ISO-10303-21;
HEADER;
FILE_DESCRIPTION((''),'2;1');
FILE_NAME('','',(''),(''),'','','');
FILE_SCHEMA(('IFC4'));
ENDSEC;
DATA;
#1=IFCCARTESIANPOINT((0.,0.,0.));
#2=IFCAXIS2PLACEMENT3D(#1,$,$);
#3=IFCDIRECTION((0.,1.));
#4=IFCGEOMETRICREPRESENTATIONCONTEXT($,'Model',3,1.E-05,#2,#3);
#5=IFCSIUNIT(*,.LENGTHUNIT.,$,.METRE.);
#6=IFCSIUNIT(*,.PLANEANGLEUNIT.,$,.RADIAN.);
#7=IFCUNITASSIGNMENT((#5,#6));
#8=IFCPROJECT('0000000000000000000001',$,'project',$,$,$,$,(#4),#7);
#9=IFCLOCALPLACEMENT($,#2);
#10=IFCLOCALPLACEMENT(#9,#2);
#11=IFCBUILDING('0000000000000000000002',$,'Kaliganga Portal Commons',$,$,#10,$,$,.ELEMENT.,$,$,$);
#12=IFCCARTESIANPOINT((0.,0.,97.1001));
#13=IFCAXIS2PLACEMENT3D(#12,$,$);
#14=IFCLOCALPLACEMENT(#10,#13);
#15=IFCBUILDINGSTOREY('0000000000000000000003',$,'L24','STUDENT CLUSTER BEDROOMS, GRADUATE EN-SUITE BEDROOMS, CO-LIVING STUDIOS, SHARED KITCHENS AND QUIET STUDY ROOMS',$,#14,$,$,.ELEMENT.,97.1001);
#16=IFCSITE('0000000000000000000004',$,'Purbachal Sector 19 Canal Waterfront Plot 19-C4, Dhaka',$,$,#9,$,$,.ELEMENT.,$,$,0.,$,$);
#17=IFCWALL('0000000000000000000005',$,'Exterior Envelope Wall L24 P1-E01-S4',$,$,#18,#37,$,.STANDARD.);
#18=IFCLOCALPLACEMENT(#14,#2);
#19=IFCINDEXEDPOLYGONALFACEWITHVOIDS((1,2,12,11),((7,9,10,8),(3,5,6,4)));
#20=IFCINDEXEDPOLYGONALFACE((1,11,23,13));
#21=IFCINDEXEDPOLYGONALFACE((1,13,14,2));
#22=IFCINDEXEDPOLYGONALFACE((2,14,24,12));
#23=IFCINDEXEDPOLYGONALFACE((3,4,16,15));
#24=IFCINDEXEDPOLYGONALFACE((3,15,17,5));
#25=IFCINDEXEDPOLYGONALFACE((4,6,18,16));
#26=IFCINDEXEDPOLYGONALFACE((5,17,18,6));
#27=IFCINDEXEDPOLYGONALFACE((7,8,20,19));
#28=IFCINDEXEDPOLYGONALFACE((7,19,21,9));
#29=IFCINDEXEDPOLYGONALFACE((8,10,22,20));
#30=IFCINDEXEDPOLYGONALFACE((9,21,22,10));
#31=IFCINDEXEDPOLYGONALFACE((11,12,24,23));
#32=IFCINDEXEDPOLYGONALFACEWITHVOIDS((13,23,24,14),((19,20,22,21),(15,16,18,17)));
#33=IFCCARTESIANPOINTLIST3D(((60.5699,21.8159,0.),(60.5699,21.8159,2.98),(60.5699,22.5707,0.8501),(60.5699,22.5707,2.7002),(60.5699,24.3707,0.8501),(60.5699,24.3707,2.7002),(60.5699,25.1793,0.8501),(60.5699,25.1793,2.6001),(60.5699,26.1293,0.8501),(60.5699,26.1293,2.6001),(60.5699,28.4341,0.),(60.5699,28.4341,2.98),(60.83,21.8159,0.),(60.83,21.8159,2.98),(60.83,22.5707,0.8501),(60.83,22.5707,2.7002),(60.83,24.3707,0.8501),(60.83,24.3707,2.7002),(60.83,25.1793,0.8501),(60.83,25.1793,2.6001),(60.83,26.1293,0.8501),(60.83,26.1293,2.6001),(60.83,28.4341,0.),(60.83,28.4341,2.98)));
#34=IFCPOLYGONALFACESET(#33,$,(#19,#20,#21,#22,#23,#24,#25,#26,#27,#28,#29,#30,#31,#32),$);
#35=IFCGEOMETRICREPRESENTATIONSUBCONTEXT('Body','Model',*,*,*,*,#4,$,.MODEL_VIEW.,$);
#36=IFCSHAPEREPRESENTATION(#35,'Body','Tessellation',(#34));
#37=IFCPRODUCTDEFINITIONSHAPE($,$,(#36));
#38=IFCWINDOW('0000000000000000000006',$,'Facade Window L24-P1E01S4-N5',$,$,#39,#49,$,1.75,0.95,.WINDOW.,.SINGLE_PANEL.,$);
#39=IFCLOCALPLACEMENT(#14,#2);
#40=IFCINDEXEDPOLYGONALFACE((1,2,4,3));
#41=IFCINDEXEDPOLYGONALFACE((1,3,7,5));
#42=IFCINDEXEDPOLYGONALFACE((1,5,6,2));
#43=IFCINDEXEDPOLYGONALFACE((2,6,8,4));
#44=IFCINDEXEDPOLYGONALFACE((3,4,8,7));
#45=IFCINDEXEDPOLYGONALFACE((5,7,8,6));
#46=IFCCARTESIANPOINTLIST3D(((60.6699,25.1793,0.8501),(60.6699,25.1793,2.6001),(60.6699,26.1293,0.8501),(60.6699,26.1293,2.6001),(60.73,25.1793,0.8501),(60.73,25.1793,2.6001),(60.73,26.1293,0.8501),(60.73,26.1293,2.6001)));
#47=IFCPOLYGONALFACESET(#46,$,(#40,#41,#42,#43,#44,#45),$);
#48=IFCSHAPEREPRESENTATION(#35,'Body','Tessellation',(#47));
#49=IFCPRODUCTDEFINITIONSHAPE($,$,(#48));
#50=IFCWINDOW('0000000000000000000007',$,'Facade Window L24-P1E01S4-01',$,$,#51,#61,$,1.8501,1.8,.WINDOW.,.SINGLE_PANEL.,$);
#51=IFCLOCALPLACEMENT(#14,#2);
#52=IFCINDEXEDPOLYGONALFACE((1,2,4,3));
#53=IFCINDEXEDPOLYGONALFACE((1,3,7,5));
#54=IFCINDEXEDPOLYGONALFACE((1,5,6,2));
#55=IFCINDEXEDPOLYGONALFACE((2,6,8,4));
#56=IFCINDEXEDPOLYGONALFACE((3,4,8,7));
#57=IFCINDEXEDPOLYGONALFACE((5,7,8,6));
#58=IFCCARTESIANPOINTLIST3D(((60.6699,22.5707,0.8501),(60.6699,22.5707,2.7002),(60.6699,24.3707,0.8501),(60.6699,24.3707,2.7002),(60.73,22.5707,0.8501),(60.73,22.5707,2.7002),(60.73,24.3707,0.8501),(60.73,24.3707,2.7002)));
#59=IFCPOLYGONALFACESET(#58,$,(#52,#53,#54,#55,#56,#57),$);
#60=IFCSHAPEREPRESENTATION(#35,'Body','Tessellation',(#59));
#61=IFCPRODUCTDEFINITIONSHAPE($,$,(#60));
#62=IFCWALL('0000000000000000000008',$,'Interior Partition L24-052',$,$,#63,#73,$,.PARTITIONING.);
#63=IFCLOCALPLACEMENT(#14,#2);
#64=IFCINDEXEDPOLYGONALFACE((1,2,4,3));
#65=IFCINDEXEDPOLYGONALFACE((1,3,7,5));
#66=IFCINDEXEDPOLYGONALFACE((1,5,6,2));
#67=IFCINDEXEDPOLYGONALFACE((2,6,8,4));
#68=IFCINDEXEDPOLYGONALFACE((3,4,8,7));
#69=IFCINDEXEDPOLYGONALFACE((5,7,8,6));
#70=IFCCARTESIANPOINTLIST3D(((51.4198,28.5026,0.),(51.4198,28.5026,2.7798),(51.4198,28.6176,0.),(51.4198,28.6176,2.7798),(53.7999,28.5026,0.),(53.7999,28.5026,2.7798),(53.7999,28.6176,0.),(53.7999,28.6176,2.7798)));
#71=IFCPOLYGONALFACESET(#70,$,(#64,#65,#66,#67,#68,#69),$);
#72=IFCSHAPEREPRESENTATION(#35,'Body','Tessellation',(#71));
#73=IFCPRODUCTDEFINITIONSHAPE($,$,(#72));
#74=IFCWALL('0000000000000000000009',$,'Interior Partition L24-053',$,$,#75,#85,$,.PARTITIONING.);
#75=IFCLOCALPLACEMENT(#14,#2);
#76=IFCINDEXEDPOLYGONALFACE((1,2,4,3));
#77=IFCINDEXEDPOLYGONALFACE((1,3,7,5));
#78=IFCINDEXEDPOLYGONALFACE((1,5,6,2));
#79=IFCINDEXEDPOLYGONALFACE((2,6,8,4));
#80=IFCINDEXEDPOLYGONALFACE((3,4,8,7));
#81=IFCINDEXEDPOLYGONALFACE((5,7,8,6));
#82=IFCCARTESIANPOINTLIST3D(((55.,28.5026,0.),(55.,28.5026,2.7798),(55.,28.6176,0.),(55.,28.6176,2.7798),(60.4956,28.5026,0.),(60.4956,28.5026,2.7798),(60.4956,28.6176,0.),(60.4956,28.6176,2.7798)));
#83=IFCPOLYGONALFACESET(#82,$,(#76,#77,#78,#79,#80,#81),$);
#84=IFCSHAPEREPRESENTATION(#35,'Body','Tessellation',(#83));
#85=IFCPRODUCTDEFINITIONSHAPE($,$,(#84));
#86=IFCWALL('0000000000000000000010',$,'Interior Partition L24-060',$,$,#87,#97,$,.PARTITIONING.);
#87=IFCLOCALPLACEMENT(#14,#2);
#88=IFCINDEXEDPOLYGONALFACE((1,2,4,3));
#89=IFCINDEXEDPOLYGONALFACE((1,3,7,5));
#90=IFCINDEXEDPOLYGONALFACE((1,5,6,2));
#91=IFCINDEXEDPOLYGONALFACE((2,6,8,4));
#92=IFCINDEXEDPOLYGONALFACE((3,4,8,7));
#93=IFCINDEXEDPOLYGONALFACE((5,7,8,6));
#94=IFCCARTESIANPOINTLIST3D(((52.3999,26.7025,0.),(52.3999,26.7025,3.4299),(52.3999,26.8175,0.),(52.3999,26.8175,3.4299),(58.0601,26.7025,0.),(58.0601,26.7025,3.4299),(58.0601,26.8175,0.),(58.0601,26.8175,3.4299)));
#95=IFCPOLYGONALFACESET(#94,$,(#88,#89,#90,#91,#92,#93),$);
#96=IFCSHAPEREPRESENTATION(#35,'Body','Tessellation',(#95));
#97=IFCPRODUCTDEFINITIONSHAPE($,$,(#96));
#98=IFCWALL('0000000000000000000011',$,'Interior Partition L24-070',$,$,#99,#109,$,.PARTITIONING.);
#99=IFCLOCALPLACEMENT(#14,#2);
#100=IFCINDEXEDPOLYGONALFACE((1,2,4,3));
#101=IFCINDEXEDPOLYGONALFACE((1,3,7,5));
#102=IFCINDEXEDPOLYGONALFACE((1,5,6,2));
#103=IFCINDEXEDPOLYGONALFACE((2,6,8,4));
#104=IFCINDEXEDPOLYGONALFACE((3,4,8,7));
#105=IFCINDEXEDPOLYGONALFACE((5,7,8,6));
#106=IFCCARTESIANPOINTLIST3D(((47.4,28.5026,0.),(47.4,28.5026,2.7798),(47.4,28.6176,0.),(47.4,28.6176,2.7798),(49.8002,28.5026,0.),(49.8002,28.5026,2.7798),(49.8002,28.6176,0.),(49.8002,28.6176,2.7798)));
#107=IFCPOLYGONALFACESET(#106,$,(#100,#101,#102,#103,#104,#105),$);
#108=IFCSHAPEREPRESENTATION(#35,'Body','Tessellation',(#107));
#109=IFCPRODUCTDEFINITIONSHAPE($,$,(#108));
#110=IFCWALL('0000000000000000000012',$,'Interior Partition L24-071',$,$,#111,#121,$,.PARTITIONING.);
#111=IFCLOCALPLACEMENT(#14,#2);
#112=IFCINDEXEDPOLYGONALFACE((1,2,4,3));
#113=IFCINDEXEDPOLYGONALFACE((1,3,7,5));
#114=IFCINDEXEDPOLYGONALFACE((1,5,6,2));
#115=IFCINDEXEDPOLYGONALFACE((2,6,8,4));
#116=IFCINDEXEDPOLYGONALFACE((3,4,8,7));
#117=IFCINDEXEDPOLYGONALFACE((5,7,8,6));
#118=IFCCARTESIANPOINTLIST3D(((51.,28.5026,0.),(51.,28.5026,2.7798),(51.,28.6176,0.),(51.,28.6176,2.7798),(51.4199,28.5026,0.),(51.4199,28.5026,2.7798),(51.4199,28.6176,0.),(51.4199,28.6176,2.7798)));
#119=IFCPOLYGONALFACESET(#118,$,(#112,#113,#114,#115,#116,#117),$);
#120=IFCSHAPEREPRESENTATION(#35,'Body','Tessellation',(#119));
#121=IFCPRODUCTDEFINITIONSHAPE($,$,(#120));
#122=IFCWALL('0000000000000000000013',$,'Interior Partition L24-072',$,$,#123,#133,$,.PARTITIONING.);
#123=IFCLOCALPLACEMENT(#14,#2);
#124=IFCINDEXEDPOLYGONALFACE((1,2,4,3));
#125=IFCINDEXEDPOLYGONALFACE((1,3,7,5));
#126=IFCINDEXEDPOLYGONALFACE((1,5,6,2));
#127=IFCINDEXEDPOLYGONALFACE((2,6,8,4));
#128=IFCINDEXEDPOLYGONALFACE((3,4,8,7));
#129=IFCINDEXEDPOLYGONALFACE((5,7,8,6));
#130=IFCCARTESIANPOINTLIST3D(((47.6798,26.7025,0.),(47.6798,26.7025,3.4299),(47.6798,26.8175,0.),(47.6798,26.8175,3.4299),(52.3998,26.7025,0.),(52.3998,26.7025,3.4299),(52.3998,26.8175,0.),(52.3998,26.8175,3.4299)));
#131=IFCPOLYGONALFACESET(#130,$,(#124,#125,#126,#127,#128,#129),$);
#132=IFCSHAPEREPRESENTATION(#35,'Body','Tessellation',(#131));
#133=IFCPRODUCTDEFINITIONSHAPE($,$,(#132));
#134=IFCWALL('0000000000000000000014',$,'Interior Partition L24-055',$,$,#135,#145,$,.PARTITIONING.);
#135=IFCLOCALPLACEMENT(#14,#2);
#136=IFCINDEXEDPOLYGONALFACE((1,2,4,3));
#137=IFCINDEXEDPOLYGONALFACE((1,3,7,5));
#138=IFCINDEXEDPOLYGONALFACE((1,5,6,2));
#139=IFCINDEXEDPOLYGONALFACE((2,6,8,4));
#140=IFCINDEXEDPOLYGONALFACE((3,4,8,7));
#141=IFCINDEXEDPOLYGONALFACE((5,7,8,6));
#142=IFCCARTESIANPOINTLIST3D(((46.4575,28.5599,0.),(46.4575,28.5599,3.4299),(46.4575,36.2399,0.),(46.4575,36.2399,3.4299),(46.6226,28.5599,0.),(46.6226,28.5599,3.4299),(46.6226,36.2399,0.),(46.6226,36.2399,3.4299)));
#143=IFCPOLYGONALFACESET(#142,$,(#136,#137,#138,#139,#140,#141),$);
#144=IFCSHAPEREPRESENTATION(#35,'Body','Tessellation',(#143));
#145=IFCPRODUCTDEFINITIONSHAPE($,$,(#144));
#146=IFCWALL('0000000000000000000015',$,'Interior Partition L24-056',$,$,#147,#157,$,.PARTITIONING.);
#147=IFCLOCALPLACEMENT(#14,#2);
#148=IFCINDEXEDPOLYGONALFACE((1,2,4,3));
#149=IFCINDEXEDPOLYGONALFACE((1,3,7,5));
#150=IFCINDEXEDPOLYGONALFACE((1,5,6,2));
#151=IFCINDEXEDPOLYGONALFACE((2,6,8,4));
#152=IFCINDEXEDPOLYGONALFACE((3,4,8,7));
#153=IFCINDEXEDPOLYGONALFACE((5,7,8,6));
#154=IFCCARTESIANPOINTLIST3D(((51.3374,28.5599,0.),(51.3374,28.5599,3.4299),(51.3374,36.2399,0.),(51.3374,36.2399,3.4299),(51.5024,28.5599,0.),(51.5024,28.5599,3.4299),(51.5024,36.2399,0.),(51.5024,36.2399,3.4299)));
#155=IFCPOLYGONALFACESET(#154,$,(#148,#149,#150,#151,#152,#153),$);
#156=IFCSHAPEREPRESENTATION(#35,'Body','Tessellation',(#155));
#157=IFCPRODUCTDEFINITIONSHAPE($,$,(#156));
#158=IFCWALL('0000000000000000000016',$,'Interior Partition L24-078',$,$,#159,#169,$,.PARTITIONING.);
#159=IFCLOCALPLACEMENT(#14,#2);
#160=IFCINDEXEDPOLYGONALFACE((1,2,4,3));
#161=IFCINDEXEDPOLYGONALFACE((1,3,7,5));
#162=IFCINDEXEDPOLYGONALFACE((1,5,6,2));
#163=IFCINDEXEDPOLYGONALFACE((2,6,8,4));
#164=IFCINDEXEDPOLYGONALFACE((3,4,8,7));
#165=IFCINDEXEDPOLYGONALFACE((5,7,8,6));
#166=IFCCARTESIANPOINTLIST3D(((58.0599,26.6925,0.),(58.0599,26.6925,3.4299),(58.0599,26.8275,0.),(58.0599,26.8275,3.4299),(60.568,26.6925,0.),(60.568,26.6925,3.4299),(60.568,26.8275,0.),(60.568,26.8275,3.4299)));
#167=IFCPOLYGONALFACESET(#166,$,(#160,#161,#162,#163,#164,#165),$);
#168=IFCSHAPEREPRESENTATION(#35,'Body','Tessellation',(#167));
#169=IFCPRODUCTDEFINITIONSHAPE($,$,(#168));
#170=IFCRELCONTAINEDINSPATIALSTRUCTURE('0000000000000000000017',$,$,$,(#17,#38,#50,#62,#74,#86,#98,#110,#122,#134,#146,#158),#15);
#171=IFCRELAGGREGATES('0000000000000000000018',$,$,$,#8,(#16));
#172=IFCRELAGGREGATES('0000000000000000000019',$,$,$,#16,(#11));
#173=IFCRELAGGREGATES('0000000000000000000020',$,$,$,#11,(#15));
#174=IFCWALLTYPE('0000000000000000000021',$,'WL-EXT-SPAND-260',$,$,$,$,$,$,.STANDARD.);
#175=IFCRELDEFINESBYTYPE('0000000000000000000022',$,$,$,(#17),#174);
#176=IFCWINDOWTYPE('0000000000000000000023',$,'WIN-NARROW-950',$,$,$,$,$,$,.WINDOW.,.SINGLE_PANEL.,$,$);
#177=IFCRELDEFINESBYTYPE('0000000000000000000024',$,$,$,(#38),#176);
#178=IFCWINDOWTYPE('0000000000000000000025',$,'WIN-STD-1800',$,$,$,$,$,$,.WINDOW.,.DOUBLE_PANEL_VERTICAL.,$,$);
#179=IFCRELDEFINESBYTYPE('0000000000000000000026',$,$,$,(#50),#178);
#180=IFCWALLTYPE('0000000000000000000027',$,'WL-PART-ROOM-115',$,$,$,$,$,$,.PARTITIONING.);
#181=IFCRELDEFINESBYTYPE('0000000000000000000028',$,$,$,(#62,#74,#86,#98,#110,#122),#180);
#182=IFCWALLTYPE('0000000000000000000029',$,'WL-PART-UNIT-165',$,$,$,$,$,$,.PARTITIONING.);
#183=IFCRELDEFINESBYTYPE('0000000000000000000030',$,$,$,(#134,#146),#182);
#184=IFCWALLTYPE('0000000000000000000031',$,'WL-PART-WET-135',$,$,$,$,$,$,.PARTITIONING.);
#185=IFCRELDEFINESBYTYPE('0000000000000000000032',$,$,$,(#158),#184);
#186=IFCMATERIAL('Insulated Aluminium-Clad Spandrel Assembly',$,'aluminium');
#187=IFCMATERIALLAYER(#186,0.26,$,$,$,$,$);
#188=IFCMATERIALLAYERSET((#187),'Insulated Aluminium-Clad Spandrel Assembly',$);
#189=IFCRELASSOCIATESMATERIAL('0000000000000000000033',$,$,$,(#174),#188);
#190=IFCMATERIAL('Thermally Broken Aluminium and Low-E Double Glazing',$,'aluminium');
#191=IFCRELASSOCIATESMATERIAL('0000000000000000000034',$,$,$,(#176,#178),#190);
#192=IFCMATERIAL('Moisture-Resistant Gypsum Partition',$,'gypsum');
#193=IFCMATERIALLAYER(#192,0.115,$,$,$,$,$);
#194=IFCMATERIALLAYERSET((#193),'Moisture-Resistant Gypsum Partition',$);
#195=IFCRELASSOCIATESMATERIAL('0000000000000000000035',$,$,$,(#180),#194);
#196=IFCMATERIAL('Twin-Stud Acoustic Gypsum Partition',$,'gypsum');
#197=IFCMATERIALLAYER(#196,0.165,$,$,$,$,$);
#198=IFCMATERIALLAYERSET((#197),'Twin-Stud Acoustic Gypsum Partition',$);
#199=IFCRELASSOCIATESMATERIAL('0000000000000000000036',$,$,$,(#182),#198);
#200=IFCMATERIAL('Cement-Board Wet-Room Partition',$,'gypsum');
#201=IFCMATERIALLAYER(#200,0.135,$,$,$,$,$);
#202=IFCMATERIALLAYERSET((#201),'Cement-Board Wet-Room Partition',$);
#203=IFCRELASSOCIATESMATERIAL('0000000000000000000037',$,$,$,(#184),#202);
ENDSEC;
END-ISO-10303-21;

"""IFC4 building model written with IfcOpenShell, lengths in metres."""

from ifc_helpers import new_model, si_unit, direction, frame, frame_2d, origin, place, context, subcontext, project, spatial, rectangle, extrude, material, layer, layer_set, type_object, element, fill, save


model = new_model("IFC4")

# Units and contexts
model_context = context("Model", 3, precision=1e-05, world=origin(), true_north=direction((0.0, 1.0)))
body_context = subcontext(model_context, "Body", "Model", "MODEL_VIEW")
ifc_project = project(units=[si_unit("LENGTHUNIT", "METRE"), si_unit("PLANEANGLEUNIT", "RADIAN")], contexts=[model_context])

# Site, building, storey
site_placement = place(None, origin())
site = spatial("IfcSite", under=ifc_project, at=site_placement, Name="Purbachal Sector 19 Canal Waterfront Plot 19-C4, Dhaka", CompositionType="ELEMENT", RefElevation=0.0)
building_placement = place(site_placement, origin())
building = spatial("IfcBuilding", under=site, at=building_placement, Name="Kaliganga Portal Commons", CompositionType="ELEMENT")
storey_placement = place(building_placement, frame((0.0, 0.0, 97.1001)))
storey = spatial("IfcBuildingStorey", under=building, at=storey_placement, Name="L24", Description="STUDENT CLUSTER BEDROOMS, GRADUATE EN-SUITE BEDROOMS, CO-LIVING STUDIOS, SHARED KITCHENS AND QUIET STUDY ROOMS", CompositionType="ELEMENT", Elevation=97.1001)

# Wall, openings, windows
ifc_material_1 = material(Name="Insulated Aluminium-Clad Spandrel Assembly", Category="aluminium")
ifc_layer_1 = layer(ifc_material_1, 0.26)
ifc_layer_set_1 = layer_set([ifc_layer_1], Name="Insulated Aluminium-Clad Spandrel Assembly")
wall_type_1 = type_object("IfcWallType", Name="WL-EXT-SPAND-260", PredefinedType="STANDARD", material=ifc_layer_set_1)
wall_1_placement = place(storey_placement, frame((60.7, 28.4341, 0.0), z_axis=(0.0, 0.0, 1.0), x_axis=(0.0, -1.0, 0.0)))
wall_1 = element("IfcWall", 1, at=wall_1_placement, inside=storey, type_object=wall_type_1, Name="Exterior Envelope Wall L24 P1-E01-S4", PredefinedType="STANDARD", context=body_context, shape_type="SweptSolid", body=[
    extrude(rectangle(XDim=6.6182, YDim=0.26, at=frame_2d((3.3091, 0.0))), origin(), (0.0, 0.0, 1.0), 2.98),
])
opening_1_placement = place(wall_1_placement, frame((4.0635, 0.0, 0.8501)))
opening_1 = element("IfcOpeningElement", 2, at=opening_1_placement, cuts=wall_1, PredefinedType="OPENING", context=body_context, shape_type="SweptSolid", body=[
    extrude(rectangle(XDim=1.8, YDim=1.8501, at=frame_2d((0.8999, 0.925))), frame((0.0, 0.1401, 0.0), z_axis=(0.0, -1.0, 0.0), x_axis=(1.0, 0.0, 0.0)), (0.0, 0.0, 1.0), 0.28),
])
opening_2_placement = place(wall_1_placement, frame((2.3047, 0.0, 0.8501)))
opening_2 = element("IfcOpeningElement", 3, at=opening_2_placement, cuts=wall_1, PredefinedType="OPENING", context=body_context, shape_type="SweptSolid", body=[
    extrude(rectangle(XDim=0.95, YDim=1.75, at=frame_2d((0.4751, 0.875))), frame((0.0, 0.1401, 0.0), z_axis=(0.0, -1.0, 0.0), x_axis=(1.0, 0.0, 0.0)), (0.0, 0.0, 1.0), 0.28),
])
ifc_material_2 = material(Name="Thermally Broken Aluminium and Low-E Double Glazing", Category="aluminium")
window_type_1 = type_object("IfcWindowType", Name="WIN-NARROW-950", PartitioningType="SINGLE_PANEL", PredefinedType="WINDOW", material=ifc_material_2)
window_1_placement = place(opening_2_placement, origin())
window_1 = element("IfcWindow", 4, at=window_1_placement, inside=storey, type_object=window_type_1, Name="Facade Window L24-P1E01S4-N5", OverallHeight=1.75, OverallWidth=0.95, PartitioningType="SINGLE_PANEL", PredefinedType="WINDOW", context=body_context, shape_type="SweptSolid", body=[
    extrude(rectangle(XDim=0.95, YDim=1.75, at=frame_2d((0.4751, 0.875))), frame((0.0, 0.03, 0.0), z_axis=(0.0, -1.0, 0.0), x_axis=(1.0, 0.0, 0.0)), (0.0, 0.0, 1.0), 0.0601),
])
fill(opening_2, window_1)
window_type_2 = type_object("IfcWindowType", Name="WIN-STD-1800", PartitioningType="DOUBLE_PANEL_VERTICAL", PredefinedType="WINDOW", material=ifc_material_2)
window_2_placement = place(opening_1_placement, origin())
window_2 = element("IfcWindow", 5, at=window_2_placement, inside=storey, type_object=window_type_2, Name="Facade Window L24-P1E01S4-01", OverallHeight=1.8501, OverallWidth=1.8, PartitioningType="SINGLE_PANEL", PredefinedType="WINDOW", context=body_context, shape_type="SweptSolid", body=[
    extrude(rectangle(XDim=1.8, YDim=1.8501, at=frame_2d((0.8999, 0.925))), frame((0.0, 0.03, 0.0), z_axis=(0.0, -1.0, 0.0), x_axis=(1.0, 0.0, 0.0)), (0.0, 0.0, 1.0), 0.0601),
])
fill(opening_1, window_2)

# Walls
ifc_material_3 = material(Name="Moisture-Resistant Gypsum Partition", Category="gypsum")
ifc_layer_2 = layer(ifc_material_3, 0.115)
ifc_layer_set_2 = layer_set([ifc_layer_2], Name="Moisture-Resistant Gypsum Partition")
wall_type_2 = type_object("IfcWallType", Name="WL-PART-ROOM-115", PredefinedType="PARTITIONING", material=ifc_layer_set_2)
wall_2_placement = place(storey_placement, frame((51.4199, 28.5601, 0.0), z_axis=(0.0, 0.0, 1.0), x_axis=(1.0, 0.0, 0.0)))
element("IfcWall", 6, at=wall_2_placement, inside=storey, type_object=wall_type_2, Name="Interior Partition L24-052", PredefinedType="PARTITIONING", context=body_context, shape_type="SweptSolid", body=[
    extrude(rectangle(XDim=2.3801, YDim=0.115, at=frame_2d((1.1899, 0.0))), origin(), (0.0, 0.0, 1.0), 2.7798),
])
wall_3_placement = place(storey_placement, frame((55.0, 28.5601, 0.0), z_axis=(0.0, 0.0, 1.0), x_axis=(1.0, 0.0, 0.0)))
element("IfcWall", 7, at=wall_3_placement, inside=storey, type_object=wall_type_2, Name="Interior Partition L24-053", PredefinedType="PARTITIONING", context=body_context, shape_type="SweptSolid", body=[
    extrude(rectangle(XDim=5.4956, YDim=0.115, at=frame_2d((2.7478, 0.0))), origin(), (0.0, 0.0, 1.0), 2.7798),
])
wall_4_placement = place(storey_placement, frame((52.3999, 26.76, 0.0), z_axis=(0.0, 0.0, 1.0), x_axis=(1.0, 0.0, 0.0)))
element("IfcWall", 8, at=wall_4_placement, inside=storey, type_object=wall_type_2, Name="Interior Partition L24-060", PredefinedType="PARTITIONING", context=body_context, shape_type="SweptSolid", body=[
    extrude(rectangle(XDim=5.6602, YDim=0.115, at=frame_2d((2.8301, 0.0))), origin(), (0.0, 0.0, 1.0), 3.4299),
])
wall_5_placement = place(storey_placement, frame((47.3999, 28.5601, 0.0), z_axis=(0.0, 0.0, 1.0), x_axis=(1.0, 0.0, 0.0)))
element("IfcWall", 9, at=wall_5_placement, inside=storey, type_object=wall_type_2, Name="Interior Partition L24-070", PredefinedType="PARTITIONING", context=body_context, shape_type="SweptSolid", body=[
    extrude(rectangle(XDim=2.4001, YDim=0.115, at=frame_2d((1.2002, 0.0))), origin(), (0.0, 0.0, 1.0), 2.7798),
])
wall_6_placement = place(storey_placement, frame((51.0, 28.5601, 0.0), z_axis=(0.0, 0.0, 1.0), x_axis=(1.0, 0.0, 0.0)))
element("IfcWall", 10, at=wall_6_placement, inside=storey, type_object=wall_type_2, Name="Interior Partition L24-071", PredefinedType="PARTITIONING", context=body_context, shape_type="SweptSolid", body=[
    extrude(rectangle(XDim=0.4199, YDim=0.115, at=frame_2d((0.21, 0.0))), origin(), (0.0, 0.0, 1.0), 2.7798),
])
wall_7_placement = place(storey_placement, frame((47.6799, 26.76, 0.0), z_axis=(0.0, 0.0, 1.0), x_axis=(1.0, 0.0, 0.0)))
element("IfcWall", 11, at=wall_7_placement, inside=storey, type_object=wall_type_2, Name="Interior Partition L24-072", PredefinedType="PARTITIONING", context=body_context, shape_type="SweptSolid", body=[
    extrude(rectangle(XDim=4.72, YDim=0.115, at=frame_2d((2.3599, 0.0))), origin(), (0.0, 0.0, 1.0), 3.4299),
])
ifc_material_4 = material(Name="Twin-Stud Acoustic Gypsum Partition", Category="gypsum")
ifc_layer_3 = layer(ifc_material_4, 0.165)
ifc_layer_set_3 = layer_set([ifc_layer_3], Name="Twin-Stud Acoustic Gypsum Partition")
wall_type_3 = type_object("IfcWallType", Name="WL-PART-UNIT-165", PredefinedType="PARTITIONING", material=ifc_layer_set_3)
for number, where, z_axis, x_axis, name in (
    (12, (46.54, 28.5601, 0.0), (0.0, 0.0, 1.0), (0.0, 1.0, 0.0), "Interior Partition L24-055"),
    (13, (51.4199, 28.5601, 0.0), (0.0, 0.0, 1.0), (0.0, 1.0, 0.0), "Interior Partition L24-056"),
):
    element("IfcWall", number, at=place(storey_placement, frame(where, z_axis=z_axis, x_axis=x_axis)), inside=storey, type_object=wall_type_3, Name=name, PredefinedType="PARTITIONING", context=body_context, shape_type="SweptSolid", body=[
        extrude(rectangle(XDim=7.6799, YDim=0.165, at=frame_2d((3.8398, 0.0))), origin(), (0.0, 0.0, 1.0), 3.4299),
    ])
ifc_material_5 = material(Name="Cement-Board Wet-Room Partition", Category="gypsum")
ifc_layer_4 = layer(ifc_material_5, 0.135)
ifc_layer_set_4 = layer_set([ifc_layer_4], Name="Cement-Board Wet-Room Partition")
wall_type_4 = type_object("IfcWallType", Name="WL-PART-WET-135", PredefinedType="PARTITIONING", material=ifc_layer_set_4)
wall_8_placement = place(storey_placement, frame((58.0601, 26.76, 0.0), z_axis=(0.0, 0.0, 1.0), x_axis=(1.0, 0.0, 0.0)))
element("IfcWall", 14, at=wall_8_placement, inside=storey, type_object=wall_type_4, Name="Interior Partition L24-078", PredefinedType="PARTITIONING", context=body_context, shape_type="SweptSolid", body=[
    extrude(rectangle(XDim=2.5081, YDim=0.135, at=frame_2d((1.2539, 0.0))), origin(), (0.0, 0.0, 1.0), 3.4299),
])

save(model, "model.ifc")
